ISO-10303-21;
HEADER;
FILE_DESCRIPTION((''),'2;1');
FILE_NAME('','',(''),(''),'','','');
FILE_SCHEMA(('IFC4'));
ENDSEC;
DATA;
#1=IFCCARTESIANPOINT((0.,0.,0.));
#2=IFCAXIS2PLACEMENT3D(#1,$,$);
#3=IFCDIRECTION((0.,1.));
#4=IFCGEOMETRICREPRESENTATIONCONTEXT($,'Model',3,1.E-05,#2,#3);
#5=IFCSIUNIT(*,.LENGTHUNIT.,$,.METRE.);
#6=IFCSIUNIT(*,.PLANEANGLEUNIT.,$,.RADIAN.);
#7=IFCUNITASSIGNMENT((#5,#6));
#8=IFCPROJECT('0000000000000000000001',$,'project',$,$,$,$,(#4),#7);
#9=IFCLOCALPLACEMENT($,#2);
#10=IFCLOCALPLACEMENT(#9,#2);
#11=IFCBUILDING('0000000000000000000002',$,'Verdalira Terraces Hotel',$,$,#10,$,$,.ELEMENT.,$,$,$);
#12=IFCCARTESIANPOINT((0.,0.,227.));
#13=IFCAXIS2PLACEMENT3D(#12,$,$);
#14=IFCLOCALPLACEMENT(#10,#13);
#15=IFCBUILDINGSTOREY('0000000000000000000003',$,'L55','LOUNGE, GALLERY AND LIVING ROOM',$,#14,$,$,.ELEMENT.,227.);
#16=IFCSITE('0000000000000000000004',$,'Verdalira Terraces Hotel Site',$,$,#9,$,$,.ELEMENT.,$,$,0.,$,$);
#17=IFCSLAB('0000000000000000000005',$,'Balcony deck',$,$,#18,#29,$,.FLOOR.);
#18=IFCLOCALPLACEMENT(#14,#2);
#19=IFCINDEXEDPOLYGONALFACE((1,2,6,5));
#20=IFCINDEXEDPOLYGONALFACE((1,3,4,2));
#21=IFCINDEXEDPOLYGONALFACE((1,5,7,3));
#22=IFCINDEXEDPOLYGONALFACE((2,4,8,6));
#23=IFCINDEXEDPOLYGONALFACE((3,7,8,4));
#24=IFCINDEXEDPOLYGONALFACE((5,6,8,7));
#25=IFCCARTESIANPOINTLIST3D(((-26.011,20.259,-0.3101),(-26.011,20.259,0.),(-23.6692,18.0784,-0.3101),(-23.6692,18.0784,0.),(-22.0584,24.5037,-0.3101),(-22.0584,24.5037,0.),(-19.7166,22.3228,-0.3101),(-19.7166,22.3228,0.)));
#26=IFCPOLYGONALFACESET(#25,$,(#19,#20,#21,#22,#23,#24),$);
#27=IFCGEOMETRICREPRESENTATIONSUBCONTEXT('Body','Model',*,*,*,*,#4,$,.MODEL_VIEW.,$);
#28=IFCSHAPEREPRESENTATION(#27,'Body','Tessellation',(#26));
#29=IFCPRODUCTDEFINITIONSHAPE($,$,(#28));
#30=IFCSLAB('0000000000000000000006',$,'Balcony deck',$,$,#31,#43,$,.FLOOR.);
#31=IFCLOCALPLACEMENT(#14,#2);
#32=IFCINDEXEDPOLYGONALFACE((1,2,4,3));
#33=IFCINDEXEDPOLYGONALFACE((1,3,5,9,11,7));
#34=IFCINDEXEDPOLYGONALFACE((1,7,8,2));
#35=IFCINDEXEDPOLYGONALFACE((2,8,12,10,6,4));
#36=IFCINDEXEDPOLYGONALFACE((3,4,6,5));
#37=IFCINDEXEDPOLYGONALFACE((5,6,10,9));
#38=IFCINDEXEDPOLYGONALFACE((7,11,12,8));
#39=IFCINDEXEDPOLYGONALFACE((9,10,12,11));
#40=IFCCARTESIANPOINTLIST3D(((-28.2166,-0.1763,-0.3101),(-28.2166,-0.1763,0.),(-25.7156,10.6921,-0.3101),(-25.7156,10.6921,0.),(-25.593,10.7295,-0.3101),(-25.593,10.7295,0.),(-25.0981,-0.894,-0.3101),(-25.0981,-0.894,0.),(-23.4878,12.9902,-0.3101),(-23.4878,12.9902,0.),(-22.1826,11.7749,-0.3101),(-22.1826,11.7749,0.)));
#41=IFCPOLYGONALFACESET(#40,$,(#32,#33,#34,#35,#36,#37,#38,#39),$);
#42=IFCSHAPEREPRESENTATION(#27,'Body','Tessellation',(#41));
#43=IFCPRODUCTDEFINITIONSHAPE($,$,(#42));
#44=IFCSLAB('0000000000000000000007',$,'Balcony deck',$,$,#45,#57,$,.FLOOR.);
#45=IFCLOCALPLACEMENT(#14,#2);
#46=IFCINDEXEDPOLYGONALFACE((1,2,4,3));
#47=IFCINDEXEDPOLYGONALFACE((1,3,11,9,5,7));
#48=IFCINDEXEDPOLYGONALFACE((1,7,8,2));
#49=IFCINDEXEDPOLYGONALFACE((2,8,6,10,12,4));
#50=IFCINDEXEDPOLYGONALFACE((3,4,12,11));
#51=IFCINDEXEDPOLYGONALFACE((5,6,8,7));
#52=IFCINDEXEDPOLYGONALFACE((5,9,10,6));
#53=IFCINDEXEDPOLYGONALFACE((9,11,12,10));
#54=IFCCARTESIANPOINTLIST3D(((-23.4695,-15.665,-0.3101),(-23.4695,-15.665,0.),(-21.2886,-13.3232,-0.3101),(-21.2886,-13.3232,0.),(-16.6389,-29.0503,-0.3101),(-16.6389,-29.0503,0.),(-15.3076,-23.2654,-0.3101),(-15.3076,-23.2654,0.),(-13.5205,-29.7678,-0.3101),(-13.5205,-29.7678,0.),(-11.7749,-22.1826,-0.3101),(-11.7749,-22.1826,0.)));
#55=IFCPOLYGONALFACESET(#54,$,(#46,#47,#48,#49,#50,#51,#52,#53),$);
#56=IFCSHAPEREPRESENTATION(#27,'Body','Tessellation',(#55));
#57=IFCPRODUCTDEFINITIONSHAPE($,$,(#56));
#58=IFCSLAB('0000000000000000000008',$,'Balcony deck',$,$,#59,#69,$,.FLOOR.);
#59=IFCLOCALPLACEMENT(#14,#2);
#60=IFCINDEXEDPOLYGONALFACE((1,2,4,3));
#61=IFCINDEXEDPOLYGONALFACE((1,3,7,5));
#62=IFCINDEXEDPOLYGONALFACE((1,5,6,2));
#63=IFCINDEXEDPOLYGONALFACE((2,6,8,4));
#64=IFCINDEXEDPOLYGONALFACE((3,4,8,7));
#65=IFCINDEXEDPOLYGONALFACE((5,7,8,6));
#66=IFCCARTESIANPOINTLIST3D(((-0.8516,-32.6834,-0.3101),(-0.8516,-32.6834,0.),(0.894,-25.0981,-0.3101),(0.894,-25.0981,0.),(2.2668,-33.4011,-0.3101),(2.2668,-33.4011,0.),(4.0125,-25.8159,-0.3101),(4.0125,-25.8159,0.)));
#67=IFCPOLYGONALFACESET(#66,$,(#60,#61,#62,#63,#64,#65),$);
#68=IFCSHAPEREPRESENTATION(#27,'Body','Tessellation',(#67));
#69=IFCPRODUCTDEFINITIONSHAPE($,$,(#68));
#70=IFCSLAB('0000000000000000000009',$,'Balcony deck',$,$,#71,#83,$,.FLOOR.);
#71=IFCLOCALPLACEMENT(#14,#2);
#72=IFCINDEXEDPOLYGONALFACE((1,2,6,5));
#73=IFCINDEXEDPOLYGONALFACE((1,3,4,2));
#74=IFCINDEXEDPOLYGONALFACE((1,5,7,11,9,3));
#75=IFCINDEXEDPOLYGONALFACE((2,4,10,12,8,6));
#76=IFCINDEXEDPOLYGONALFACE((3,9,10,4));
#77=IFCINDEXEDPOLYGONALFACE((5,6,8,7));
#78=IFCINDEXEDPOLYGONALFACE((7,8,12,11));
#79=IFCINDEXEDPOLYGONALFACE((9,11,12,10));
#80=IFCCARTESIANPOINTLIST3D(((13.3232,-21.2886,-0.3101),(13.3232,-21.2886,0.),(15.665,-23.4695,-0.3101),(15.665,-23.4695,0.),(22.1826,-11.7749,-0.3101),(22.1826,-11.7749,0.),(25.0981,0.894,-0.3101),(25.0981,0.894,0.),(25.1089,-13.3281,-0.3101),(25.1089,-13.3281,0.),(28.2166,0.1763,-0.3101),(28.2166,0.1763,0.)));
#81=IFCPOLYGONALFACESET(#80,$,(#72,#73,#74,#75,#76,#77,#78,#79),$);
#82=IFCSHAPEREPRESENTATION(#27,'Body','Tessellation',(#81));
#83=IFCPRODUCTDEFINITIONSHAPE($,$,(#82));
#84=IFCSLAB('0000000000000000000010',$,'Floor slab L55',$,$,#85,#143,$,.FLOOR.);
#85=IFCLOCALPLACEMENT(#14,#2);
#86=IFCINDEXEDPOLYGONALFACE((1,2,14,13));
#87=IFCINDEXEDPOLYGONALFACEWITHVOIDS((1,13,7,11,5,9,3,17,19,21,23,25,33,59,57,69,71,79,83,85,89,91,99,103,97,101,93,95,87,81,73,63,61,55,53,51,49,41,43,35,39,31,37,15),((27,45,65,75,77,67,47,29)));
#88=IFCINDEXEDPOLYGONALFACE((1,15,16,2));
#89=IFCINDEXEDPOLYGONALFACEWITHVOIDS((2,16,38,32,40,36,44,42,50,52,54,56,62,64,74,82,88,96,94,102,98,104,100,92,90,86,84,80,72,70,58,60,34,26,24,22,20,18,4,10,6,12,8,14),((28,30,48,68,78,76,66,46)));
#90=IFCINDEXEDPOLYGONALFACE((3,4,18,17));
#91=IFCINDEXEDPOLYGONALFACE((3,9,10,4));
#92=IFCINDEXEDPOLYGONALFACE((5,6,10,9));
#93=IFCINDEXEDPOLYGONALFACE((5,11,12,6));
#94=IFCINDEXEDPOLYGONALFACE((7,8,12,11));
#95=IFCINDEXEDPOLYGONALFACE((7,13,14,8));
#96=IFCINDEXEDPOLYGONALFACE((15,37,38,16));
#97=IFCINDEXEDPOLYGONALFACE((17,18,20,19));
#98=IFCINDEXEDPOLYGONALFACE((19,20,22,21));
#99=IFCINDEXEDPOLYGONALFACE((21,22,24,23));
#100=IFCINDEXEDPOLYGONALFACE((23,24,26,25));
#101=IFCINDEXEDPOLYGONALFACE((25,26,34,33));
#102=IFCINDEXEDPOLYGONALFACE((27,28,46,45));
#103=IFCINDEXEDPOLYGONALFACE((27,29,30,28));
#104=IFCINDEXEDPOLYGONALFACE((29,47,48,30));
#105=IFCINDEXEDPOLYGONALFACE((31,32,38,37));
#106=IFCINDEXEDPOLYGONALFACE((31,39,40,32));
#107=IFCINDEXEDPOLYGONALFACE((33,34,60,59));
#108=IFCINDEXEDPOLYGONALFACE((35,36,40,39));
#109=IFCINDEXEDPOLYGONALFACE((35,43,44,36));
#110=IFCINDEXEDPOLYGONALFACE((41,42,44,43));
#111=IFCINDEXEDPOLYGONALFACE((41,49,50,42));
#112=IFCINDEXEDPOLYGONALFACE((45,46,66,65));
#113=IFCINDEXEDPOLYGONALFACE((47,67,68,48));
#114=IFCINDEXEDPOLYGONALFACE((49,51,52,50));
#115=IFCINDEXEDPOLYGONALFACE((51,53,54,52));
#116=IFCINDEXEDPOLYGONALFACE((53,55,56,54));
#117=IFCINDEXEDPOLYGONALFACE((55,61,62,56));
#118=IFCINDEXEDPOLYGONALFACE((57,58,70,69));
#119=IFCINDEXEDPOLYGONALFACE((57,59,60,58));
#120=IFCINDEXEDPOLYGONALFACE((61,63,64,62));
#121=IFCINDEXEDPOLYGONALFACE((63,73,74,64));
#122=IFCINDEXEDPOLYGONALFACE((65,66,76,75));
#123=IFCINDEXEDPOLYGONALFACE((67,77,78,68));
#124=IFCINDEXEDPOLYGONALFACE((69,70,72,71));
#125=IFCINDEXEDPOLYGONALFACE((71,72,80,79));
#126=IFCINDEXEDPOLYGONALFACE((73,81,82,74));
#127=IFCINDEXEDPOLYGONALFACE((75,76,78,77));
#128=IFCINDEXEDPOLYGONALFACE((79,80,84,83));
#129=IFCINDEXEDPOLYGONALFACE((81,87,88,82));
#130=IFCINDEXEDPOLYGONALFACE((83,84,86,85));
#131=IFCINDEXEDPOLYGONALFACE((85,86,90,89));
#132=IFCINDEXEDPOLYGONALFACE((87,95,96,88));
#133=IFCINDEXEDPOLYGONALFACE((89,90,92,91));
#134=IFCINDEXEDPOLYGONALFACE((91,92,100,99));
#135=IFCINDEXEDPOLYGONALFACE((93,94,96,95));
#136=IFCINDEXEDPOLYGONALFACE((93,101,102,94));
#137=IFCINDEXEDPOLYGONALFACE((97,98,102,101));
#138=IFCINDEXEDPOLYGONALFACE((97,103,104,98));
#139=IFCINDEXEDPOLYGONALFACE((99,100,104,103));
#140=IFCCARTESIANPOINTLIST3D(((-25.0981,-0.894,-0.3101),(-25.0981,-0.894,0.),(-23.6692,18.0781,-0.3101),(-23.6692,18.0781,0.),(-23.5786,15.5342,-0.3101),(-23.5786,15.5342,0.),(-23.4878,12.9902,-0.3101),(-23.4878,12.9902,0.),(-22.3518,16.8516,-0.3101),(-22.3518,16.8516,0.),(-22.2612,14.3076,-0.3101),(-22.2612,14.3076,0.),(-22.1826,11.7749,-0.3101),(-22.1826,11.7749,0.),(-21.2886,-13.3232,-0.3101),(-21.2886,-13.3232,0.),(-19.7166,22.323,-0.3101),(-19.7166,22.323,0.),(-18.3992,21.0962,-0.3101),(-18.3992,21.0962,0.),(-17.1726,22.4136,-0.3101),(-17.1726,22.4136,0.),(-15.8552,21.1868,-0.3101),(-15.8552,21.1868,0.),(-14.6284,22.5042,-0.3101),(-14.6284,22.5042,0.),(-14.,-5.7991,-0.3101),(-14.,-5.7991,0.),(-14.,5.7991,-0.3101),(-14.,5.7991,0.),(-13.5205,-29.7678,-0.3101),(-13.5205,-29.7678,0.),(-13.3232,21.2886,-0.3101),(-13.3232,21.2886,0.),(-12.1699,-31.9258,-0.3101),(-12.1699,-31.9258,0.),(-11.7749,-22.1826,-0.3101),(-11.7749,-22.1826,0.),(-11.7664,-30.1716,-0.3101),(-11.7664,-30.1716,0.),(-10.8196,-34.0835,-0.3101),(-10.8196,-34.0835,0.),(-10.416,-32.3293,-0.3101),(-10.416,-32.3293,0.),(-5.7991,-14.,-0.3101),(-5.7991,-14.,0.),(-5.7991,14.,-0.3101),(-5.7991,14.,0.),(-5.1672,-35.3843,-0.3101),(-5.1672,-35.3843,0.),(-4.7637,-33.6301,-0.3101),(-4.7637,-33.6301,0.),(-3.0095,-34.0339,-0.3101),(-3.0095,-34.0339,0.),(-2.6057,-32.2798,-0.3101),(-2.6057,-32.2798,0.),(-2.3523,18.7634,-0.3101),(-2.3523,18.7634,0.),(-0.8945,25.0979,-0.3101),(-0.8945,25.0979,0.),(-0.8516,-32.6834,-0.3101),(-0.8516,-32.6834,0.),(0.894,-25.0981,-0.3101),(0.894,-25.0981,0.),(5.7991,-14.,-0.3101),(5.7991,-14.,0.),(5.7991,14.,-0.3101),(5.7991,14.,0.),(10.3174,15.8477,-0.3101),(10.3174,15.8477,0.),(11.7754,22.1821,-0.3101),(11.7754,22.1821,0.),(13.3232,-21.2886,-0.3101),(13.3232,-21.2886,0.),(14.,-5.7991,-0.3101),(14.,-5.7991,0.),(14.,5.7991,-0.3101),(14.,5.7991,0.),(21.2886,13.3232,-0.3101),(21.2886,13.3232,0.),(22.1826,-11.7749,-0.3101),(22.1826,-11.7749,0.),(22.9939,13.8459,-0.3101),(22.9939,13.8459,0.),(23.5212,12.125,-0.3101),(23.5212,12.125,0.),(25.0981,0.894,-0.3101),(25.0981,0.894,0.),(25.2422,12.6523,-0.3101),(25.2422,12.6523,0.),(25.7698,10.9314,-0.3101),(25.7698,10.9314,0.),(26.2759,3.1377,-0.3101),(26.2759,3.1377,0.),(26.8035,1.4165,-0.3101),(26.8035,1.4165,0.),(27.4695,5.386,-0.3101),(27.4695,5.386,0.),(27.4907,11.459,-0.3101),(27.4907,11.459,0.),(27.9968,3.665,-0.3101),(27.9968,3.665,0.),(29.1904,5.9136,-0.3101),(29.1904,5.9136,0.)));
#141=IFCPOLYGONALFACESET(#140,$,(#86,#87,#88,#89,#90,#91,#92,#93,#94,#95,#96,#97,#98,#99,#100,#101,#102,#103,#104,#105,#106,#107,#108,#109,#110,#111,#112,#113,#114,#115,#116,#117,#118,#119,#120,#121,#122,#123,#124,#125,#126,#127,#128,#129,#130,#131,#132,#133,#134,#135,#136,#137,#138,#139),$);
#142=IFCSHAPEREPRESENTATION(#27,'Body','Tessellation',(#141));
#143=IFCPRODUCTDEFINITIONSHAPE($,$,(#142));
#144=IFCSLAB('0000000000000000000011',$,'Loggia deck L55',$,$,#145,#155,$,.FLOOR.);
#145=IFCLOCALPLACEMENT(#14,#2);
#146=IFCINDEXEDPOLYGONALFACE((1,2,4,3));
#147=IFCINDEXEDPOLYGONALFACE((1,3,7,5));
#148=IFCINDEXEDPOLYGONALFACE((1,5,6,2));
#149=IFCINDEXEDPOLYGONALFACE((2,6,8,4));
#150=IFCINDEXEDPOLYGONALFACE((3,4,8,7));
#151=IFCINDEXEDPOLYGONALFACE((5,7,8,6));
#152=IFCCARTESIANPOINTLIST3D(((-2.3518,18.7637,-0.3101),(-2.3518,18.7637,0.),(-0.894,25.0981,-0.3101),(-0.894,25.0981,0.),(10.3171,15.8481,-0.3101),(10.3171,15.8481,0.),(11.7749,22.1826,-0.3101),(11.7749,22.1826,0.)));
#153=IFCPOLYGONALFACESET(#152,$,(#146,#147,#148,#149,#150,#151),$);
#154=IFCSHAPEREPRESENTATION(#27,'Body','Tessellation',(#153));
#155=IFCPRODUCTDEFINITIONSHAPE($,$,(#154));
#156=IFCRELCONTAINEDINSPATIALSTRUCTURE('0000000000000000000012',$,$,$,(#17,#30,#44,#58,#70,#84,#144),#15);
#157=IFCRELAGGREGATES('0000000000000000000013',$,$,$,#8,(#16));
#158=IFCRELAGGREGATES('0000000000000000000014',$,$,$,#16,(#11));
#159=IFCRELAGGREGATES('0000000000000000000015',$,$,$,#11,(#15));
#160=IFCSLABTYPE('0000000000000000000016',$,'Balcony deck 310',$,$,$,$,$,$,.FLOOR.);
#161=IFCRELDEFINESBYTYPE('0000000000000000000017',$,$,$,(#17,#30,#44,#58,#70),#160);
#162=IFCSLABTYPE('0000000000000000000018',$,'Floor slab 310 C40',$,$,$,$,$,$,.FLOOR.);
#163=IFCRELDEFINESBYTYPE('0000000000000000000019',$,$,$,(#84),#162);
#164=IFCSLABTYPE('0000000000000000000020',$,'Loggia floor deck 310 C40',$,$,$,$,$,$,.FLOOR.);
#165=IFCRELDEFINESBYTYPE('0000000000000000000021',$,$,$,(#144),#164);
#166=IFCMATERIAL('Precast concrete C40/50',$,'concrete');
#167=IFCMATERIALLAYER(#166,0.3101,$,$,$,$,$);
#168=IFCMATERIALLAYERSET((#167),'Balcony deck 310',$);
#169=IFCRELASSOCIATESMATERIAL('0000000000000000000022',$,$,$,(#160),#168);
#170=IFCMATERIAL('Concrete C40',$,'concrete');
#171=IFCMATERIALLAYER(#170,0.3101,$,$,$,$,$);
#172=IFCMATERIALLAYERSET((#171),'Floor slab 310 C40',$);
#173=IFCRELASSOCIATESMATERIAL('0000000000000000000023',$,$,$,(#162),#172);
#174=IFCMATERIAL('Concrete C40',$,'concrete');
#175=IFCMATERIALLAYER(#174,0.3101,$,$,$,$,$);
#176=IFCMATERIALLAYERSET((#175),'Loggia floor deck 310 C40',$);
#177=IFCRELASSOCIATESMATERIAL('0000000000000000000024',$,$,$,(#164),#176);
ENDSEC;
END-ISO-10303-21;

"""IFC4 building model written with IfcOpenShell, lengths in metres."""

from ifc_helpers import new_model, si_unit, direction, frame, origin, place, context, subcontext, project, spatial, polyline, outline, extrude, material, layer, layer_set, type_object, element, save


model = new_model("IFC4")

# Units and contexts
model_context = context("Model", 3, precision=1e-05, world=origin(), true_north=direction((0.0, 1.0)))
body_context = subcontext(model_context, "Body", "Model", "MODEL_VIEW")
ifc_project = project(units=[si_unit("LENGTHUNIT", "METRE"), si_unit("PLANEANGLEUNIT", "RADIAN")], contexts=[model_context])

# Site, building, storey
site_placement = place(None, origin())
site = spatial("IfcSite", under=ifc_project, at=site_placement, Name="Verdalira Terraces Hotel Site", CompositionType="ELEMENT", RefElevation=0.0)
building_placement = place(site_placement, origin())
building = spatial("IfcBuilding", under=site, at=building_placement, Name="Verdalira Terraces Hotel", CompositionType="ELEMENT")
storey_placement = place(building_placement, frame((0.0, 0.0, 227.0)))
storey = spatial("IfcBuildingStorey", under=building, at=storey_placement, Name="L55", Description="LOUNGE, GALLERY AND LIVING ROOM", CompositionType="ELEMENT", Elevation=227.0)

# Slabs
ifc_material_1 = material(Name="Precast concrete C40/50", Category="concrete")
ifc_layer_1 = layer(ifc_material_1, 0.3101)
ifc_layer_set_1 = layer_set([ifc_layer_1], Name="Balcony deck 310")
slab_type_1 = type_object("IfcSlabType", Name="Balcony deck 310", PredefinedType="FLOOR", material=ifc_layer_set_1)
slab_1_placement = place(storey_placement, frame((0.0, 0.0, -0.3101)))
element("IfcSlab", 1, at=slab_1_placement, inside=storey, type_object=slab_type_1, Name="Balcony deck", PredefinedType="FLOOR", context=body_context, shape_type="SweptSolid", body=[
    extrude(outline(polyline([(-26.011, 20.259), (-23.6692, 18.0784), (-19.7166, 22.3228), (-22.0584, 24.5037), (-26.011, 20.259)])), origin(), (0.0, 0.0, 1.0), 0.3101),
])
slab_2_placement = place(storey_placement, frame((0.0, 0.0, -0.3101)))
element("IfcSlab", 2, at=slab_2_placement, inside=storey, type_object=slab_type_1, Name="Balcony deck", PredefinedType="FLOOR", context=body_context, shape_type="SweptSolid", body=[
    extrude(outline(polyline([(-25.7156, 10.6921), (-28.2166, -0.1763), (-25.0981, -0.894), (-22.1826, 11.7749), (-23.4878, 12.9902), (-25.593, 10.7295), (-25.7156, 10.6921)])), origin(), (0.0, 0.0, 1.0), 0.3101),
])
slab_3_placement = place(storey_placement, frame((0.0, 0.0, -0.3101)))
element("IfcSlab", 3, at=slab_3_placement, inside=storey, type_object=slab_type_1, Name="Balcony deck", PredefinedType="FLOOR", context=body_context, shape_type="SweptSolid", body=[
    extrude(outline(polyline([(-15.3076, -23.2654), (-16.6389, -29.0503), (-13.5205, -29.7678), (-11.7749, -22.1826), (-21.2886, -13.3232), (-23.4695, -15.665), (-15.3076, -23.2654)])), origin(), (0.0, 0.0, 1.0), 0.3101),
])
slab_4_placement = place(storey_placement, frame((0.0, 0.0, -0.3101)))
element("IfcSlab", 4, at=slab_4_placement, inside=storey, type_object=slab_type_1, Name="Balcony deck", PredefinedType="FLOOR", context=body_context, shape_type="SweptSolid", body=[
    extrude(outline(polyline([(4.0125, -25.8159), (0.894, -25.0981), (-0.8516, -32.6833), (2.2668, -33.4011), (4.0125, -25.8159)])), origin(), (0.0, 0.0, 1.0), 0.3101),
])
slab_5_placement = place(storey_placement, frame((0.0, 0.0, -0.3101)))
element("IfcSlab", 5, at=slab_5_placement, inside=storey, type_object=slab_type_1, Name="Balcony deck", PredefinedType="FLOOR", context=body_context, shape_type="SweptSolid", body=[
    extrude(outline(polyline([(28.2166, 0.1763), (25.0981, 0.894), (22.1826, -11.7749), (13.3232, -21.2886), (15.665, -23.4695), (25.1089, -13.3281), (28.2166, 0.1763)])), origin(), (0.0, 0.0, 1.0), 0.3101),
])
ifc_material_2 = material(Name="Concrete C40", Category="concrete")
ifc_layer_2 = layer(ifc_material_2, 0.3101)
ifc_layer_set_2 = layer_set([ifc_layer_2], Name="Floor slab 310 C40")
slab_type_2 = type_object("IfcSlabType", Name="Floor slab 310 C40", PredefinedType="FLOOR", material=ifc_layer_set_2)
slab_6_placement = place(storey_placement, frame((0.0, 0.0, -0.3101)))
element("IfcSlab", 6, at=slab_6_placement, inside=storey, type_object=slab_type_2, Name="Floor slab L55", PredefinedType="FLOOR", context=body_context, shape_type="SweptSolid", body=[
    extrude(outline(polyline([(22.9939, 13.8459), (21.2886, 13.3232), (11.7754, 22.1821), (10.3174, 15.8477), (-2.3523, 18.7634), (-0.8945, 25.0979), (-13.3232, 21.2886), (-14.6284, 22.5041), (-15.8552, 21.1868), (-17.1726, 22.4136), (-18.3992, 21.0962), (-19.7166, 22.323), (-23.6692, 18.0781), (-22.3518, 16.8516), (-23.5786, 15.5342), (-22.2612, 14.3076), (-23.4878, 12.9902), (-22.1826, 11.7749), (-25.0981, -0.894), (-21.2886, -13.3232), (-11.7749, -22.1826), (-13.5205, -29.7678), (-11.7664, -30.1716), (-12.1699, -31.9258), (-10.416, -32.3293), (-10.8196, -34.0835), (-5.1672, -35.3843), (-4.7637, -33.6301), (-3.0095, -34.0339), (-2.6057, -32.2798), (-0.8516, -32.6833), (0.894, -25.0981), (13.3232, -21.2886), (22.1826, -11.7749), (25.0981, 0.894), (26.8035, 1.4165), (26.2759, 3.1377), (27.9968, 3.665), (27.4695, 5.386), (29.1904, 5.9136), (27.4907, 11.459), (25.7698, 10.9314), (25.2422, 12.6523), (23.5212, 12.125), (22.9939, 13.8459)]), holes=[polyline([(5.7991, 14.0), (14.0, 5.7991), (14.0, -5.7991), (5.7991, -14.0), (-5.7991, -14.0), (-14.0, -5.7991), (-14.0, 5.7991), (-5.7991, 14.0), (5.7991, 14.0)])]), origin(), (0.0, 0.0, 1.0), 0.3101),
])
ifc_material_3 = material(Name="Concrete C40", Category="concrete")
ifc_layer_3 = layer(ifc_material_3, 0.3101)
ifc_layer_set_3 = layer_set([ifc_layer_3], Name="Loggia floor deck 310 C40")
slab_type_3 = type_object("IfcSlabType", Name="Loggia floor deck 310 C40", PredefinedType="FLOOR", material=ifc_layer_set_3)
slab_7_placement = place(storey_placement, frame((0.0, 0.0, -0.3101)))
element("IfcSlab", 7, at=slab_7_placement, inside=storey, type_object=slab_type_3, Name="Loggia deck L55", PredefinedType="FLOOR", context=body_context, shape_type="SweptSolid", body=[
    extrude(outline(polyline([(-2.3518, 18.7637), (10.3171, 15.8481), (11.7749, 22.1826), (-0.894, 25.0981), (-2.3518, 18.7637)])), origin(), (0.0, 0.0, 1.0), 0.3101),
])

save(model, "model.ifc")
